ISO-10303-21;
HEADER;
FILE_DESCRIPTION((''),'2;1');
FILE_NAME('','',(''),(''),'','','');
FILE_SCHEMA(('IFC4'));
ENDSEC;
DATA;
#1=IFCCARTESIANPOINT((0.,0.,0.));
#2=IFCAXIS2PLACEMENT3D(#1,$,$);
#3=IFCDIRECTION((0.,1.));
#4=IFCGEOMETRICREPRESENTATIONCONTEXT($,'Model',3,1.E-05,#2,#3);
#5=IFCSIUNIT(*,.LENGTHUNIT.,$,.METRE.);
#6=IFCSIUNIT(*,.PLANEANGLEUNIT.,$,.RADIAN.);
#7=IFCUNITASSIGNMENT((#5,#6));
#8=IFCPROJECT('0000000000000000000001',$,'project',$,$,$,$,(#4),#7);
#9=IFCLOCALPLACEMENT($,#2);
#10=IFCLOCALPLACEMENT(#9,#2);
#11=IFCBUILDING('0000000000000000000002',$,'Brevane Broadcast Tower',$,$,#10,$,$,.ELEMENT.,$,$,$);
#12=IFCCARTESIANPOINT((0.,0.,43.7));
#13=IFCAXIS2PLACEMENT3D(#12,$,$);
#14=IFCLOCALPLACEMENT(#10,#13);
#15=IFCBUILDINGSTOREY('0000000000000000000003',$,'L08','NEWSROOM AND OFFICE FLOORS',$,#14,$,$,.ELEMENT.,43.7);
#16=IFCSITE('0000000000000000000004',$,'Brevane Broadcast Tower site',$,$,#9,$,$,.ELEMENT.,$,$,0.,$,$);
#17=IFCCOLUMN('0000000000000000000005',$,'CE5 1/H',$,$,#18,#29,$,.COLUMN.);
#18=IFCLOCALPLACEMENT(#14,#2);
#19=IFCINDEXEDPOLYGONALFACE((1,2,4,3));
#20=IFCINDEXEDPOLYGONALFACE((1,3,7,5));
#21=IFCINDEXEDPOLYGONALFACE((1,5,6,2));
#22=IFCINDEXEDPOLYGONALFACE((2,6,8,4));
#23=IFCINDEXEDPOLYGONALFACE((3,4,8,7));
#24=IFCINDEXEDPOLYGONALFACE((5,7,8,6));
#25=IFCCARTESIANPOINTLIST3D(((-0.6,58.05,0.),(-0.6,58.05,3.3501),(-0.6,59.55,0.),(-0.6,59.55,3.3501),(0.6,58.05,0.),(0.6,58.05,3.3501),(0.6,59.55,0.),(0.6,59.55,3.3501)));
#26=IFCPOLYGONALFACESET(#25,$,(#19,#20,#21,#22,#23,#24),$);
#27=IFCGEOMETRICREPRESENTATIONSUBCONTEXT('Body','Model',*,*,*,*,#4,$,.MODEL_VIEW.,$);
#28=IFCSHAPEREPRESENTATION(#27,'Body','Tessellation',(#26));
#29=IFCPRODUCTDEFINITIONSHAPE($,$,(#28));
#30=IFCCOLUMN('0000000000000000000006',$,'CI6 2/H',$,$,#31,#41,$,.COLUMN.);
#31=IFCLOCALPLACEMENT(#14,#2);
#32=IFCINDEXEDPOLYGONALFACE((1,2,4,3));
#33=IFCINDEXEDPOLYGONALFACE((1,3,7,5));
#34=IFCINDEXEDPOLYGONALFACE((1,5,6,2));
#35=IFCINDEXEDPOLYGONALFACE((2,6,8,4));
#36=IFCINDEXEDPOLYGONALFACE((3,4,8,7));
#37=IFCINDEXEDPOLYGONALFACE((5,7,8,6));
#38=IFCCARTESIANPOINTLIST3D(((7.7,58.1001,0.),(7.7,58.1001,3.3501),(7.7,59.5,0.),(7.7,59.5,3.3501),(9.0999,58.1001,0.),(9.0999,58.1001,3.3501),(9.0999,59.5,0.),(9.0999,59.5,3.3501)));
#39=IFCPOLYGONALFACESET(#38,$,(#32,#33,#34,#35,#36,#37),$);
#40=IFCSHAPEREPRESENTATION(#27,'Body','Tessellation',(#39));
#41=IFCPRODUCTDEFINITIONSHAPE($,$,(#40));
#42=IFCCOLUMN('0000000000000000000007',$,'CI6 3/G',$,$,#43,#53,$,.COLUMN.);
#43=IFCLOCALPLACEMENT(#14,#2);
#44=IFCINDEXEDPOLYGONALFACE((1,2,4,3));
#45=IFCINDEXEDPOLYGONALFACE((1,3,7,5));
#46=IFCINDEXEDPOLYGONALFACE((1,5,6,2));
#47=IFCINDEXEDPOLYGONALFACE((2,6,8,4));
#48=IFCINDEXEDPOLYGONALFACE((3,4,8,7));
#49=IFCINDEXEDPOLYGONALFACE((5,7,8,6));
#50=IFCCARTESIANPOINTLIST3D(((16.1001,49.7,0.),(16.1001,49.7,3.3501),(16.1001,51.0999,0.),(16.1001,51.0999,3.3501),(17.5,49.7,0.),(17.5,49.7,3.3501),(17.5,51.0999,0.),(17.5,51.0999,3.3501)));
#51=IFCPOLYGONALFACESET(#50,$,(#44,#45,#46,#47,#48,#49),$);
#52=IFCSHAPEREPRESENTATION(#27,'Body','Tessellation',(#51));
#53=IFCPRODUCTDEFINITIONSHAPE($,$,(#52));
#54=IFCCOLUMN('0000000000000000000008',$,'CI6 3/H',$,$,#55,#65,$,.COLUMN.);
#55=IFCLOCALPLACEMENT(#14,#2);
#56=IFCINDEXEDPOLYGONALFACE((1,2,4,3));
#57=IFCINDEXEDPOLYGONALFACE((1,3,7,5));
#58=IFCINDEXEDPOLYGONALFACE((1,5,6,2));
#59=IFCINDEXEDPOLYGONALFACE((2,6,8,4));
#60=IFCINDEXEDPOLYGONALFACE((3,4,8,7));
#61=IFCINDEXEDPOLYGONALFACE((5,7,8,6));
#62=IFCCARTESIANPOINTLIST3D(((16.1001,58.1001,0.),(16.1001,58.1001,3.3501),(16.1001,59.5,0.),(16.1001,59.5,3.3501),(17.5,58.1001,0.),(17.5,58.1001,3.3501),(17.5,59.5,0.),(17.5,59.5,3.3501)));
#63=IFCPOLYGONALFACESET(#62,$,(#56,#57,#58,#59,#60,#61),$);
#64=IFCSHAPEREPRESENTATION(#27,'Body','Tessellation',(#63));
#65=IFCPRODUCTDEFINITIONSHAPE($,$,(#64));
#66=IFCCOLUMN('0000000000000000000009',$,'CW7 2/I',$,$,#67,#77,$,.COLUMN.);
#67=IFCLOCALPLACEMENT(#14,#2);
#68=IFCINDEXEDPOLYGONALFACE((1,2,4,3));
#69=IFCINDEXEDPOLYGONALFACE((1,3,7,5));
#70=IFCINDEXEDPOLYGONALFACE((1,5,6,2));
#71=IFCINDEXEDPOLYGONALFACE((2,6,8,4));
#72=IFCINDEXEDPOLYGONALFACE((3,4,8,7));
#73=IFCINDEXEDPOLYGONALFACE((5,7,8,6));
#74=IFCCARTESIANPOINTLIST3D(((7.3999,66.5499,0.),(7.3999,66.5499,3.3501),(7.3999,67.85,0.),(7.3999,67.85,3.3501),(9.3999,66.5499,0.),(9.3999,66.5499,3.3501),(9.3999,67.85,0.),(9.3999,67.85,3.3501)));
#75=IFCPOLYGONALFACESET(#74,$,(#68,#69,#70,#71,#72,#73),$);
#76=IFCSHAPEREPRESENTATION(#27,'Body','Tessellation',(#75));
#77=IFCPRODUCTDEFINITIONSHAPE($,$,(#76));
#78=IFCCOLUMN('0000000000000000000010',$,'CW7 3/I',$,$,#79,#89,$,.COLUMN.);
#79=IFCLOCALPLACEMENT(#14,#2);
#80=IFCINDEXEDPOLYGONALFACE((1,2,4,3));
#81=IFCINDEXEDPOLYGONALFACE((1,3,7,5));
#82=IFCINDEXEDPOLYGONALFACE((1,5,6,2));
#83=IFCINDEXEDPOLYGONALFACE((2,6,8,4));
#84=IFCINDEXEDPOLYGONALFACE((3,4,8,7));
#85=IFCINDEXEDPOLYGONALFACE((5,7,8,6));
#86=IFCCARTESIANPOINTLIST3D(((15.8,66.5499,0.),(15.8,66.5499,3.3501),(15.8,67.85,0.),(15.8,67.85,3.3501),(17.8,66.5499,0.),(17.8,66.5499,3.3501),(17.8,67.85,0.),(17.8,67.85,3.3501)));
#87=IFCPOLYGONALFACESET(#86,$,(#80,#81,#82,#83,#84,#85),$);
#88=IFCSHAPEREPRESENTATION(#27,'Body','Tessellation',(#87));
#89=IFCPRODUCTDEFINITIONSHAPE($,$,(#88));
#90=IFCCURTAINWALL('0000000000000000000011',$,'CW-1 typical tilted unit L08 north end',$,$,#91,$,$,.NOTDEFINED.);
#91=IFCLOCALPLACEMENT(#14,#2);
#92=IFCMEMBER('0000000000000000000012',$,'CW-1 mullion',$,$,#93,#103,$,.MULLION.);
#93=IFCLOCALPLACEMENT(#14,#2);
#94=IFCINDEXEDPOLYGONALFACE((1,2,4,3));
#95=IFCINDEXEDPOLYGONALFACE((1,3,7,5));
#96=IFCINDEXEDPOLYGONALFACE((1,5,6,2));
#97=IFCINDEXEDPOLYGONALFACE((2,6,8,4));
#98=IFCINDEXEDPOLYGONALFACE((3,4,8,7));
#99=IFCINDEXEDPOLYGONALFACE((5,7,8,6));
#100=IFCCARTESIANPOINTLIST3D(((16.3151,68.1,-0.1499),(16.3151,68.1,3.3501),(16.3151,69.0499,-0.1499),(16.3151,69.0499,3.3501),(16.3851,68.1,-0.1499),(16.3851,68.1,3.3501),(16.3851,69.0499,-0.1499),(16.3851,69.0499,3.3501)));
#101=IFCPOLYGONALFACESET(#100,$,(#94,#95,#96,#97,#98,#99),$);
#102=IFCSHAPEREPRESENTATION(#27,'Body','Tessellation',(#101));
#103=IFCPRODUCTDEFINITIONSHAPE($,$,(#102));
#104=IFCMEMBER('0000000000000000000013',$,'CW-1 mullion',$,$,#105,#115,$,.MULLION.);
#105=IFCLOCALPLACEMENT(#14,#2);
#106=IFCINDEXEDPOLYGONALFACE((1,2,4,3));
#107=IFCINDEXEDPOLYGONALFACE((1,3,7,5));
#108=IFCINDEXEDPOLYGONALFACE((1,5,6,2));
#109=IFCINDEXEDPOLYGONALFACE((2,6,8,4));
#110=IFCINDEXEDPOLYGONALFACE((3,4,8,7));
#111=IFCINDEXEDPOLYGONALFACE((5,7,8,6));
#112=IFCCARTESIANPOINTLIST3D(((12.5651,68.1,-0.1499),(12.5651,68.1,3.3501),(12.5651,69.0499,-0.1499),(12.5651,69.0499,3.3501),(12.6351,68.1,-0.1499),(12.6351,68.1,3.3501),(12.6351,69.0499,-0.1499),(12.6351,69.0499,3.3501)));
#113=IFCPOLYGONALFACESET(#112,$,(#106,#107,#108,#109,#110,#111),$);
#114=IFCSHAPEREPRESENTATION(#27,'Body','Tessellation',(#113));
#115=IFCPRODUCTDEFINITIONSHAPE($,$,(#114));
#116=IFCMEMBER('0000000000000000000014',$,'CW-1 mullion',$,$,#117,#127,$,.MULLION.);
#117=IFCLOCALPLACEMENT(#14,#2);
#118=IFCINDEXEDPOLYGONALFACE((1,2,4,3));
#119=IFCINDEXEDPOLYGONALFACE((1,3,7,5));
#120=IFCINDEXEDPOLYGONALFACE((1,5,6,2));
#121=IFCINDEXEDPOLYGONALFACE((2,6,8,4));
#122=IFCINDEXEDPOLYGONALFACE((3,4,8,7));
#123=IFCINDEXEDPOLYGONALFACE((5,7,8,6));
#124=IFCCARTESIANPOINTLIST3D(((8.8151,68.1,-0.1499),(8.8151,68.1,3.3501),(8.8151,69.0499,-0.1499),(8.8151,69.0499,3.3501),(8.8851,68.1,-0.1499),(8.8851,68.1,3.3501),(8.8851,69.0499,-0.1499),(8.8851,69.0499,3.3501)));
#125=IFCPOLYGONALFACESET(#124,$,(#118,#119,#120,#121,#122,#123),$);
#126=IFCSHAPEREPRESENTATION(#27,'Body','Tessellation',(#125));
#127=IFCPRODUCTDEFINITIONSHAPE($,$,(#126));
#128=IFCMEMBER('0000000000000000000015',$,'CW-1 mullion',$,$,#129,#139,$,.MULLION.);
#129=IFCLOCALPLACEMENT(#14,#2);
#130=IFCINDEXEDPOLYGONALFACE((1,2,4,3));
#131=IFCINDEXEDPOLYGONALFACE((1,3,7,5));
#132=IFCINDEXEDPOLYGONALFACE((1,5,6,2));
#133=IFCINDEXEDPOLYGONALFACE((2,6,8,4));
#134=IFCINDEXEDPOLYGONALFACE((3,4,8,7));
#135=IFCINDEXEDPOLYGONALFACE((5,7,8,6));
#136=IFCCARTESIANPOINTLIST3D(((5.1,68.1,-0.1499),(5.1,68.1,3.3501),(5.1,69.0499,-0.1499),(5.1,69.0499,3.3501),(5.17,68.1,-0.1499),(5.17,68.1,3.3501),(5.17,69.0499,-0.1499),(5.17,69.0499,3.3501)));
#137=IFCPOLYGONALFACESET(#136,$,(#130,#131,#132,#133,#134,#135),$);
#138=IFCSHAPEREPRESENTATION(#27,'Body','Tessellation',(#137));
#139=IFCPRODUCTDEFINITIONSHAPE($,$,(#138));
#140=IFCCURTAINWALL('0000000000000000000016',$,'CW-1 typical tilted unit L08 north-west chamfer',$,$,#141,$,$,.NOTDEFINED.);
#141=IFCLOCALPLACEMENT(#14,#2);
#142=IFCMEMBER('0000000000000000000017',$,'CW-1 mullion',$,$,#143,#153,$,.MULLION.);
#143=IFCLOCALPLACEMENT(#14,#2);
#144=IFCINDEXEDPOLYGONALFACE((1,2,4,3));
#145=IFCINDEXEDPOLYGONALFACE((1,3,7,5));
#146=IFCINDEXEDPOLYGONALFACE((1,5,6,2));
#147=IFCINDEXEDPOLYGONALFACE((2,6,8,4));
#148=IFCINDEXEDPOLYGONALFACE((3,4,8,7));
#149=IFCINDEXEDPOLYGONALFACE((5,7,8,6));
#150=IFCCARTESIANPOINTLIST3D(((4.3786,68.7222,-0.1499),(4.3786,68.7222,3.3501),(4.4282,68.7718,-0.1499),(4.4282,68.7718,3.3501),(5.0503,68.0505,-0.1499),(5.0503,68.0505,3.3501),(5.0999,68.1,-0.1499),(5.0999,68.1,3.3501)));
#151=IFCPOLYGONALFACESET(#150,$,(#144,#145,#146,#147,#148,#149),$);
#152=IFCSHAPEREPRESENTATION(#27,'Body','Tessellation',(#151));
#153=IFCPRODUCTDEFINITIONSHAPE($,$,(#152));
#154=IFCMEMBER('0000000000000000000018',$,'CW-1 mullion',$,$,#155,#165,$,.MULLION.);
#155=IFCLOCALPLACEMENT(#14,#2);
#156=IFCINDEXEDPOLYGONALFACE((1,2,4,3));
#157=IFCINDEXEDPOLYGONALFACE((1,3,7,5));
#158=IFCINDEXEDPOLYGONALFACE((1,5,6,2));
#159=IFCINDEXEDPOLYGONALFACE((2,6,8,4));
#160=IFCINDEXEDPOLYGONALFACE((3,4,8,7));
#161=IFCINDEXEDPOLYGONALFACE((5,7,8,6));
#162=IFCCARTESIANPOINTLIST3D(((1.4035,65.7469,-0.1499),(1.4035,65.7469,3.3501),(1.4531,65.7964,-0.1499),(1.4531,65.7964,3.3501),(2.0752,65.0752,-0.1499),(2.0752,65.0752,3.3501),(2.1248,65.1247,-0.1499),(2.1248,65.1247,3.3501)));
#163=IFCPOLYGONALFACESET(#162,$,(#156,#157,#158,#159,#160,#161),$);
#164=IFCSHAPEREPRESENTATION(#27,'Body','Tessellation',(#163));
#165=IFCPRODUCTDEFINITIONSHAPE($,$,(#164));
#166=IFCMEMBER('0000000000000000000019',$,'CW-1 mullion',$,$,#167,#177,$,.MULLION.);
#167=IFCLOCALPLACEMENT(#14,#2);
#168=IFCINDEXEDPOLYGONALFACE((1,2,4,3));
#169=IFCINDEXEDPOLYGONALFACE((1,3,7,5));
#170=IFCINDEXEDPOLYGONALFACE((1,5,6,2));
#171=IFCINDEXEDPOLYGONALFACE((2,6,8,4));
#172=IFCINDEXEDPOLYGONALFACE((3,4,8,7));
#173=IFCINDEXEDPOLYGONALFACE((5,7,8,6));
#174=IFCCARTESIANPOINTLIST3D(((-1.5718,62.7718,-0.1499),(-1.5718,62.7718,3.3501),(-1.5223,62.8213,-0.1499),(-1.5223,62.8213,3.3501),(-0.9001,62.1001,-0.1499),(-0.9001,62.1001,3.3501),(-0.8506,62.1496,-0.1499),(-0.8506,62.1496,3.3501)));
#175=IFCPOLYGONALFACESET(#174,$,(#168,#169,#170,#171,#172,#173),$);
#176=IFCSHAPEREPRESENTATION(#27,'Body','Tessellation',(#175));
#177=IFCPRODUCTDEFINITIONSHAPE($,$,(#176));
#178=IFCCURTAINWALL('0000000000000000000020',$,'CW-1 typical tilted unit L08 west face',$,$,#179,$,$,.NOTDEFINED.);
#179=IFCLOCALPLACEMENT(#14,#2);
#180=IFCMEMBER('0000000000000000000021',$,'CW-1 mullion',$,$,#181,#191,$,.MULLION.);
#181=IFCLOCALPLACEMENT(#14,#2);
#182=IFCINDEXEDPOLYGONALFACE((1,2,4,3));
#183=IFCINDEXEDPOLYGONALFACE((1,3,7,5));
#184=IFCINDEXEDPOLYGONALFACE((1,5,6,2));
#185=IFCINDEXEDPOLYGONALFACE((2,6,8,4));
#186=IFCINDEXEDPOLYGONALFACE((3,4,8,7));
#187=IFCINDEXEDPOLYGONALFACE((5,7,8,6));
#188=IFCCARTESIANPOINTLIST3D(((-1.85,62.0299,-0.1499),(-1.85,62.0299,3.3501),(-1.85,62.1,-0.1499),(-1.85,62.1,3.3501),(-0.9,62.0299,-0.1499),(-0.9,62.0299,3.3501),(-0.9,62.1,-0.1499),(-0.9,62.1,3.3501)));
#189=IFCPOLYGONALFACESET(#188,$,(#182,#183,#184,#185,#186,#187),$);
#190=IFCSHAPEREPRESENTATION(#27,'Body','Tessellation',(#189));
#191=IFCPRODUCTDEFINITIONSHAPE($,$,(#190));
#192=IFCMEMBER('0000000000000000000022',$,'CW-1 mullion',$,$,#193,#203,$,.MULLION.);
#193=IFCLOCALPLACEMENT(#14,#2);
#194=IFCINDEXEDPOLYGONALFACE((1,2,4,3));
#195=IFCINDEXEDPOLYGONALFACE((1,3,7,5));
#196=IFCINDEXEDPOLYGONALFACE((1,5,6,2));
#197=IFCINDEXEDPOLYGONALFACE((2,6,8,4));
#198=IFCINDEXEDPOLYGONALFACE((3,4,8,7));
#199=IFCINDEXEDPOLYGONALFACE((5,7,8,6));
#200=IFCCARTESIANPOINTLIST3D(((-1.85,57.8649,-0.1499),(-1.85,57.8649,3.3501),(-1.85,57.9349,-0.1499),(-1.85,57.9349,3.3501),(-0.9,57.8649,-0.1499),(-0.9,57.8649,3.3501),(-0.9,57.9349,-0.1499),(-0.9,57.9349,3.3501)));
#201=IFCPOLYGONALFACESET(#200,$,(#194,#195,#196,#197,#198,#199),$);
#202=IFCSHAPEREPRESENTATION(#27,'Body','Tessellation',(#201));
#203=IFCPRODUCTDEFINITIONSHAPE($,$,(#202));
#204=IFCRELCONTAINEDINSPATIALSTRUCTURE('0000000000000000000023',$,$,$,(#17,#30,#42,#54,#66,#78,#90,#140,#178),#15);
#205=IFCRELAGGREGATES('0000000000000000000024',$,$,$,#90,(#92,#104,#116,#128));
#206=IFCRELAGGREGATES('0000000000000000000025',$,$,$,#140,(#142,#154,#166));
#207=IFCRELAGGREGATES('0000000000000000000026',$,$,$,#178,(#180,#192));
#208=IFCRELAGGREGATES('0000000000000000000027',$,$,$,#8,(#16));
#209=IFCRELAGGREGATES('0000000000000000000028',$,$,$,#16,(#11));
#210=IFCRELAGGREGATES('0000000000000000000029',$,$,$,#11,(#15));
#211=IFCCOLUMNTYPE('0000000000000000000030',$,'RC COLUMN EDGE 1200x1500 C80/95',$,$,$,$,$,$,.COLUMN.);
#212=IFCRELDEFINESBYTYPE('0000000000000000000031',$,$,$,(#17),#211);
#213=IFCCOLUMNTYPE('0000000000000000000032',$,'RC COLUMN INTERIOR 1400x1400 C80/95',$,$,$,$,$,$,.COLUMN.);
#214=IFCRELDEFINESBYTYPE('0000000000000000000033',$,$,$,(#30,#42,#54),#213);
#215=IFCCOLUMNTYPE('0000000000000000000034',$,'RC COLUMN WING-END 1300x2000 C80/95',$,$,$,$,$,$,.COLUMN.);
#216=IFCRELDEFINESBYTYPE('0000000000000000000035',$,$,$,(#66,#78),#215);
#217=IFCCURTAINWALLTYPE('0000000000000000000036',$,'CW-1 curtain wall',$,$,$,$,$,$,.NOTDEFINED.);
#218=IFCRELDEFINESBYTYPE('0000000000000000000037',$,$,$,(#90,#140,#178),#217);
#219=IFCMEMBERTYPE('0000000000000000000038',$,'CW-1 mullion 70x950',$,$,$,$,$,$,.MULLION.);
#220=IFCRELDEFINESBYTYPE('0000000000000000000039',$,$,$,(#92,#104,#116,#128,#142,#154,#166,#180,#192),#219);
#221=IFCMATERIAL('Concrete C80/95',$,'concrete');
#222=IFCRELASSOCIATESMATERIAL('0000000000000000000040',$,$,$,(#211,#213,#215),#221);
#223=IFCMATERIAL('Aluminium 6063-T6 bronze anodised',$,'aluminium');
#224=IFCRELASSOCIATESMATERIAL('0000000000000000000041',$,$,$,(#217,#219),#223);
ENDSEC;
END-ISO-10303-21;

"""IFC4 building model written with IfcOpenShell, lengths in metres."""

from ifc_helpers import new_model, si_unit, direction, frame, origin, origin_2d, place, context, subcontext, project, spatial, rectangle, extrude, material, material_profile, profile_set, type_object, element, aggregate, save


model = new_model("IFC4")

# Units and contexts
model_context = context("Model", 3, precision=1e-05, world=origin(), true_north=direction((0.0, 1.0)))
body_context = subcontext(model_context, "Body", "Model", "MODEL_VIEW")
ifc_project = project(units=[si_unit("LENGTHUNIT", "METRE"), si_unit("PLANEANGLEUNIT", "RADIAN")], contexts=[model_context])

# Site, building, storey
site_placement = place(None, origin())
site = spatial("IfcSite", under=ifc_project, at=site_placement, Name="Brevane Broadcast Tower site", CompositionType="ELEMENT", RefElevation=0.0)
building_placement = place(site_placement, origin())
building = spatial("IfcBuilding", under=site, at=building_placement, Name="Brevane Broadcast Tower", CompositionType="ELEMENT")
storey_placement = place(building_placement, frame((0.0, 0.0, 43.7)))
storey = spatial("IfcBuildingStorey", under=building, at=storey_placement, Name="L08", Description="NEWSROOM AND OFFICE FLOORS", CompositionType="ELEMENT", Elevation=43.7)

# Columns
ifc_material_1 = material(Name="Concrete C80/95", Category="concrete")
ifc_material_profile_1 = material_profile(ifc_material_1, rectangle(XDim=1.2, YDim=1.5, at=origin_2d()), Name="RC 1200x1500")
ifc_profile_set_1 = profile_set([ifc_material_profile_1], Name="Concrete C80/95")
column_type_1 = type_object("IfcColumnType", Name="RC COLUMN EDGE 1200x1500 C80/95", PredefinedType="COLUMN", material=ifc_profile_set_1)
column_placement = place(storey_placement, frame((0.0, 58.8, 0.0), z_axis=(0.0, 0.0, 1.0), x_axis=(1.0, 0.0, 0.0)))
element("IfcColumn", 1, at=column_placement, inside=storey, type_object=column_type_1, Name="CE5 1/H", PredefinedType="COLUMN", context=body_context, shape_type="SweptSolid", body=[
    extrude(rectangle(XDim=1.2, YDim=1.5, at=origin_2d()), origin(), (0.0, 0.0, 1.0), 3.3501),
])
ifc_material_profile_2 = material_profile(ifc_material_1, rectangle(XDim=1.3999, YDim=1.3999, at=origin_2d()), Name="RC 1400x1400")
ifc_profile_set_2 = profile_set([ifc_material_profile_2], Name="Concrete C80/95")
column_type_2 = type_object("IfcColumnType", Name="RC COLUMN INTERIOR 1400x1400 C80/95", PredefinedType="COLUMN", material=ifc_profile_set_2)
for number, where, z_axis, x_axis, name in (
    (2, (8.3999, 58.8, 0.0), (0.0, 0.0, 1.0), (1.0, 0.0, 0.0), "CI6 2/H"),
    (3, (16.8, 50.3999, 0.0), (0.0, 0.0, 1.0), (1.0, 0.0, 0.0), "CI6 3/G"),
    (4, (16.8, 58.8, 0.0), (0.0, 0.0, 1.0), (1.0, 0.0, 0.0), "CI6 3/H"),
):
    element("IfcColumn", number, at=place(storey_placement, frame(where, z_axis=z_axis, x_axis=x_axis)), inside=storey, type_object=column_type_2, Name=name, PredefinedType="COLUMN", context=body_context, shape_type="SweptSolid", body=[
        extrude(rectangle(XDim=1.3999, YDim=1.3999, at=origin_2d()), origin(), (0.0, 0.0, 1.0), 3.3501),
    ])
ifc_material_profile_3 = material_profile(ifc_material_1, rectangle(XDim=1.3, YDim=2.0, at=origin_2d()), Name="RC 1300x2000")
ifc_profile_set_3 = profile_set([ifc_material_profile_3], Name="Concrete C80/95")
column_type_3 = type_object("IfcColumnType", Name="RC COLUMN WING-END 1300x2000 C80/95", PredefinedType="COLUMN", material=ifc_profile_set_3)
for number, where, z_axis, x_axis, name in (
    (5, (8.3999, 67.2, 0.0), (0.0, 0.0, 1.0), (0.0, 1.0, 0.0), "CW7 2/I"),
    (6, (16.8, 67.2, 0.0), (0.0, 0.0, 1.0), (0.0, 1.0, 0.0), "CW7 3/I"),
):
    element("IfcColumn", number, at=place(storey_placement, frame(where, z_axis=z_axis, x_axis=x_axis)), inside=storey, type_object=column_type_3, Name=name, PredefinedType="COLUMN", context=body_context, shape_type="SweptSolid", body=[
        extrude(rectangle(XDim=1.3, YDim=2.0, at=origin_2d()), origin(), (0.0, 0.0, 1.0), 3.3501),
    ])

# Curtain walls, members
ifc_material_2 = material(Name="Aluminium 6063-T6 bronze anodised", Category="aluminium")
curtain_wall_type = type_object("IfcCurtainWallType", Name="CW-1 curtain wall", PredefinedType="NOTDEFINED", material=ifc_material_2)
curtain_wall_1_placement = place(storey_placement, origin())
curtain_wall_1 = element("IfcCurtainWall", 7, at=curtain_wall_1_placement, inside=storey, type_object=curtain_wall_type, Name="CW-1 typical tilted unit L08 north end", PredefinedType="NOTDEFINED")
ifc_material_profile_4 = material_profile(ifc_material_2, rectangle(XDim=0.95, YDim=0.0701, at=origin_2d()), Name="RECT 70x950")
ifc_profile_set_4 = profile_set([ifc_material_profile_4], Name="Aluminium 6063-T6 bronze anodised")
member_type_1 = type_object("IfcMemberType", Name="CW-1 mullion 70x950", PredefinedType="MULLION", material=ifc_profile_set_4)
member_1_placement = place(storey_placement, frame((16.3501, 68.575, -0.1499), z_axis=(0.0, 0.0, 1.0), x_axis=(0.0, -1.0, 0.0)))
member_1 = element("IfcMember", 8, at=member_1_placement, type_object=member_type_1, Name="CW-1 mullion", PredefinedType="MULLION", context=body_context, shape_type="SweptSolid", body=[
    extrude(rectangle(XDim=0.95, YDim=0.0701, at=origin_2d()), origin(), (0.0, 0.0, 1.0), 3.5),
])
member_2_placement = place(storey_placement, frame((12.6001, 68.575, -0.1499), z_axis=(0.0, 0.0, 1.0), x_axis=(0.0, -1.0, 0.0)))
member_2 = element("IfcMember", 9, at=member_2_placement, type_object=member_type_1, Name="CW-1 mullion", PredefinedType="MULLION", context=body_context, shape_type="SweptSolid", body=[
    extrude(rectangle(XDim=0.95, YDim=0.0701, at=origin_2d()), origin(), (0.0, 0.0, 1.0), 3.5),
])
member_3_placement = place(storey_placement, frame((8.8501, 68.575, -0.1499), z_axis=(0.0, 0.0, 1.0), x_axis=(0.0, -1.0, 0.0)))
member_3 = element("IfcMember", 10, at=member_3_placement, type_object=member_type_1, Name="CW-1 mullion", PredefinedType="MULLION", context=body_context, shape_type="SweptSolid", body=[
    extrude(rectangle(XDim=0.95, YDim=0.0701, at=origin_2d()), origin(), (0.0, 0.0, 1.0), 3.5),
])
member_4_placement = place(storey_placement, frame((5.135, 68.575, -0.1499), z_axis=(0.0, 0.0, 1.0), x_axis=(0.0, -1.0, 0.0)))
member_4 = element("IfcMember", 11, at=member_4_placement, type_object=member_type_1, Name="CW-1 mullion", PredefinedType="MULLION", context=body_context, shape_type="SweptSolid", body=[
    extrude(rectangle(XDim=0.95, YDim=0.0701, at=origin_2d()), origin(), (0.0, 0.0, 1.0), 3.5),
])
aggregate(curtain_wall_1, [member_1, member_2, member_3, member_4])
curtain_wall_2_placement = place(storey_placement, origin())
curtain_wall_2 = element("IfcCurtainWall", 12, at=curtain_wall_2_placement, inside=storey, type_object=curtain_wall_type, Name="CW-1 typical tilted unit L08 north-west chamfer", PredefinedType="NOTDEFINED")
member_5_placement = place(storey_placement, frame((4.7393, 68.4111, -0.1499), z_axis=(0.0, 0.0, 1.0), x_axis=(0.707107, -0.707107, 0.0)))
member_5 = element("IfcMember", 13, at=member_5_placement, type_object=member_type_1, Name="CW-1 mullion", PredefinedType="MULLION", context=body_context, shape_type="SweptSolid", body=[
    extrude(rectangle(XDim=0.95, YDim=0.0701, at=origin_2d()), origin(), (0.0, 0.0, 1.0), 3.5),
])
member_6_placement = place(storey_placement, frame((1.7642, 65.4358, -0.1499), z_axis=(0.0, 0.0, 1.0), x_axis=(0.707107, -0.707107, 0.0)))
member_6 = element("IfcMember", 14, at=member_6_placement, type_object=member_type_1, Name="CW-1 mullion", PredefinedType="MULLION", context=body_context, shape_type="SweptSolid", body=[
    extrude(rectangle(XDim=0.95, YDim=0.0701, at=origin_2d()), origin(), (0.0, 0.0, 1.0), 3.5),
])
member_7_placement = place(storey_placement, frame((-1.2112, 62.4607, -0.1499), z_axis=(0.0, 0.0, 1.0), x_axis=(0.707107, -0.707107, 0.0)))
member_7 = element("IfcMember", 15, at=member_7_placement, type_object=member_type_1, Name="CW-1 mullion", PredefinedType="MULLION", context=body_context, shape_type="SweptSolid", body=[
    extrude(rectangle(XDim=0.95, YDim=0.0701, at=origin_2d()), origin(), (0.0, 0.0, 1.0), 3.5),
])
curtain_wall_3_placement = place(storey_placement, origin())
curtain_wall_3 = element("IfcCurtainWall", 16, at=curtain_wall_3_placement, inside=storey, type_object=curtain_wall_type, Name="CW-1 typical tilted unit L08 west face", PredefinedType="NOTDEFINED")
member_8_placement = place(storey_placement, frame((-1.375, 62.0649, -0.1499), z_axis=(0.0, 0.0, 1.0), x_axis=(1.0, 0.0, 0.0)))
member_8 = element("IfcMember", 17, at=member_8_placement, type_object=member_type_1, Name="CW-1 mullion", PredefinedType="MULLION", context=body_context, shape_type="SweptSolid", body=[
    extrude(rectangle(XDim=0.95, YDim=0.0701, at=origin_2d()), origin(), (0.0, 0.0, 1.0), 3.5),
])
member_9_placement = place(storey_placement, frame((-1.375, 57.8999, -0.1499), z_axis=(0.0, 0.0, 1.0), x_axis=(1.0, 0.0, 0.0)))
member_9 = element("IfcMember", 18, at=member_9_placement, type_object=member_type_1, Name="CW-1 mullion", PredefinedType="MULLION", context=body_context, shape_type="SweptSolid", body=[
    extrude(rectangle(XDim=0.95, YDim=0.0701, at=origin_2d()), origin(), (0.0, 0.0, 1.0), 3.5),
])

aggregate(curtain_wall_2, [member_5, member_6, member_7])
aggregate(curtain_wall_3, [member_8, member_9])

save(model, "model.ifc")
